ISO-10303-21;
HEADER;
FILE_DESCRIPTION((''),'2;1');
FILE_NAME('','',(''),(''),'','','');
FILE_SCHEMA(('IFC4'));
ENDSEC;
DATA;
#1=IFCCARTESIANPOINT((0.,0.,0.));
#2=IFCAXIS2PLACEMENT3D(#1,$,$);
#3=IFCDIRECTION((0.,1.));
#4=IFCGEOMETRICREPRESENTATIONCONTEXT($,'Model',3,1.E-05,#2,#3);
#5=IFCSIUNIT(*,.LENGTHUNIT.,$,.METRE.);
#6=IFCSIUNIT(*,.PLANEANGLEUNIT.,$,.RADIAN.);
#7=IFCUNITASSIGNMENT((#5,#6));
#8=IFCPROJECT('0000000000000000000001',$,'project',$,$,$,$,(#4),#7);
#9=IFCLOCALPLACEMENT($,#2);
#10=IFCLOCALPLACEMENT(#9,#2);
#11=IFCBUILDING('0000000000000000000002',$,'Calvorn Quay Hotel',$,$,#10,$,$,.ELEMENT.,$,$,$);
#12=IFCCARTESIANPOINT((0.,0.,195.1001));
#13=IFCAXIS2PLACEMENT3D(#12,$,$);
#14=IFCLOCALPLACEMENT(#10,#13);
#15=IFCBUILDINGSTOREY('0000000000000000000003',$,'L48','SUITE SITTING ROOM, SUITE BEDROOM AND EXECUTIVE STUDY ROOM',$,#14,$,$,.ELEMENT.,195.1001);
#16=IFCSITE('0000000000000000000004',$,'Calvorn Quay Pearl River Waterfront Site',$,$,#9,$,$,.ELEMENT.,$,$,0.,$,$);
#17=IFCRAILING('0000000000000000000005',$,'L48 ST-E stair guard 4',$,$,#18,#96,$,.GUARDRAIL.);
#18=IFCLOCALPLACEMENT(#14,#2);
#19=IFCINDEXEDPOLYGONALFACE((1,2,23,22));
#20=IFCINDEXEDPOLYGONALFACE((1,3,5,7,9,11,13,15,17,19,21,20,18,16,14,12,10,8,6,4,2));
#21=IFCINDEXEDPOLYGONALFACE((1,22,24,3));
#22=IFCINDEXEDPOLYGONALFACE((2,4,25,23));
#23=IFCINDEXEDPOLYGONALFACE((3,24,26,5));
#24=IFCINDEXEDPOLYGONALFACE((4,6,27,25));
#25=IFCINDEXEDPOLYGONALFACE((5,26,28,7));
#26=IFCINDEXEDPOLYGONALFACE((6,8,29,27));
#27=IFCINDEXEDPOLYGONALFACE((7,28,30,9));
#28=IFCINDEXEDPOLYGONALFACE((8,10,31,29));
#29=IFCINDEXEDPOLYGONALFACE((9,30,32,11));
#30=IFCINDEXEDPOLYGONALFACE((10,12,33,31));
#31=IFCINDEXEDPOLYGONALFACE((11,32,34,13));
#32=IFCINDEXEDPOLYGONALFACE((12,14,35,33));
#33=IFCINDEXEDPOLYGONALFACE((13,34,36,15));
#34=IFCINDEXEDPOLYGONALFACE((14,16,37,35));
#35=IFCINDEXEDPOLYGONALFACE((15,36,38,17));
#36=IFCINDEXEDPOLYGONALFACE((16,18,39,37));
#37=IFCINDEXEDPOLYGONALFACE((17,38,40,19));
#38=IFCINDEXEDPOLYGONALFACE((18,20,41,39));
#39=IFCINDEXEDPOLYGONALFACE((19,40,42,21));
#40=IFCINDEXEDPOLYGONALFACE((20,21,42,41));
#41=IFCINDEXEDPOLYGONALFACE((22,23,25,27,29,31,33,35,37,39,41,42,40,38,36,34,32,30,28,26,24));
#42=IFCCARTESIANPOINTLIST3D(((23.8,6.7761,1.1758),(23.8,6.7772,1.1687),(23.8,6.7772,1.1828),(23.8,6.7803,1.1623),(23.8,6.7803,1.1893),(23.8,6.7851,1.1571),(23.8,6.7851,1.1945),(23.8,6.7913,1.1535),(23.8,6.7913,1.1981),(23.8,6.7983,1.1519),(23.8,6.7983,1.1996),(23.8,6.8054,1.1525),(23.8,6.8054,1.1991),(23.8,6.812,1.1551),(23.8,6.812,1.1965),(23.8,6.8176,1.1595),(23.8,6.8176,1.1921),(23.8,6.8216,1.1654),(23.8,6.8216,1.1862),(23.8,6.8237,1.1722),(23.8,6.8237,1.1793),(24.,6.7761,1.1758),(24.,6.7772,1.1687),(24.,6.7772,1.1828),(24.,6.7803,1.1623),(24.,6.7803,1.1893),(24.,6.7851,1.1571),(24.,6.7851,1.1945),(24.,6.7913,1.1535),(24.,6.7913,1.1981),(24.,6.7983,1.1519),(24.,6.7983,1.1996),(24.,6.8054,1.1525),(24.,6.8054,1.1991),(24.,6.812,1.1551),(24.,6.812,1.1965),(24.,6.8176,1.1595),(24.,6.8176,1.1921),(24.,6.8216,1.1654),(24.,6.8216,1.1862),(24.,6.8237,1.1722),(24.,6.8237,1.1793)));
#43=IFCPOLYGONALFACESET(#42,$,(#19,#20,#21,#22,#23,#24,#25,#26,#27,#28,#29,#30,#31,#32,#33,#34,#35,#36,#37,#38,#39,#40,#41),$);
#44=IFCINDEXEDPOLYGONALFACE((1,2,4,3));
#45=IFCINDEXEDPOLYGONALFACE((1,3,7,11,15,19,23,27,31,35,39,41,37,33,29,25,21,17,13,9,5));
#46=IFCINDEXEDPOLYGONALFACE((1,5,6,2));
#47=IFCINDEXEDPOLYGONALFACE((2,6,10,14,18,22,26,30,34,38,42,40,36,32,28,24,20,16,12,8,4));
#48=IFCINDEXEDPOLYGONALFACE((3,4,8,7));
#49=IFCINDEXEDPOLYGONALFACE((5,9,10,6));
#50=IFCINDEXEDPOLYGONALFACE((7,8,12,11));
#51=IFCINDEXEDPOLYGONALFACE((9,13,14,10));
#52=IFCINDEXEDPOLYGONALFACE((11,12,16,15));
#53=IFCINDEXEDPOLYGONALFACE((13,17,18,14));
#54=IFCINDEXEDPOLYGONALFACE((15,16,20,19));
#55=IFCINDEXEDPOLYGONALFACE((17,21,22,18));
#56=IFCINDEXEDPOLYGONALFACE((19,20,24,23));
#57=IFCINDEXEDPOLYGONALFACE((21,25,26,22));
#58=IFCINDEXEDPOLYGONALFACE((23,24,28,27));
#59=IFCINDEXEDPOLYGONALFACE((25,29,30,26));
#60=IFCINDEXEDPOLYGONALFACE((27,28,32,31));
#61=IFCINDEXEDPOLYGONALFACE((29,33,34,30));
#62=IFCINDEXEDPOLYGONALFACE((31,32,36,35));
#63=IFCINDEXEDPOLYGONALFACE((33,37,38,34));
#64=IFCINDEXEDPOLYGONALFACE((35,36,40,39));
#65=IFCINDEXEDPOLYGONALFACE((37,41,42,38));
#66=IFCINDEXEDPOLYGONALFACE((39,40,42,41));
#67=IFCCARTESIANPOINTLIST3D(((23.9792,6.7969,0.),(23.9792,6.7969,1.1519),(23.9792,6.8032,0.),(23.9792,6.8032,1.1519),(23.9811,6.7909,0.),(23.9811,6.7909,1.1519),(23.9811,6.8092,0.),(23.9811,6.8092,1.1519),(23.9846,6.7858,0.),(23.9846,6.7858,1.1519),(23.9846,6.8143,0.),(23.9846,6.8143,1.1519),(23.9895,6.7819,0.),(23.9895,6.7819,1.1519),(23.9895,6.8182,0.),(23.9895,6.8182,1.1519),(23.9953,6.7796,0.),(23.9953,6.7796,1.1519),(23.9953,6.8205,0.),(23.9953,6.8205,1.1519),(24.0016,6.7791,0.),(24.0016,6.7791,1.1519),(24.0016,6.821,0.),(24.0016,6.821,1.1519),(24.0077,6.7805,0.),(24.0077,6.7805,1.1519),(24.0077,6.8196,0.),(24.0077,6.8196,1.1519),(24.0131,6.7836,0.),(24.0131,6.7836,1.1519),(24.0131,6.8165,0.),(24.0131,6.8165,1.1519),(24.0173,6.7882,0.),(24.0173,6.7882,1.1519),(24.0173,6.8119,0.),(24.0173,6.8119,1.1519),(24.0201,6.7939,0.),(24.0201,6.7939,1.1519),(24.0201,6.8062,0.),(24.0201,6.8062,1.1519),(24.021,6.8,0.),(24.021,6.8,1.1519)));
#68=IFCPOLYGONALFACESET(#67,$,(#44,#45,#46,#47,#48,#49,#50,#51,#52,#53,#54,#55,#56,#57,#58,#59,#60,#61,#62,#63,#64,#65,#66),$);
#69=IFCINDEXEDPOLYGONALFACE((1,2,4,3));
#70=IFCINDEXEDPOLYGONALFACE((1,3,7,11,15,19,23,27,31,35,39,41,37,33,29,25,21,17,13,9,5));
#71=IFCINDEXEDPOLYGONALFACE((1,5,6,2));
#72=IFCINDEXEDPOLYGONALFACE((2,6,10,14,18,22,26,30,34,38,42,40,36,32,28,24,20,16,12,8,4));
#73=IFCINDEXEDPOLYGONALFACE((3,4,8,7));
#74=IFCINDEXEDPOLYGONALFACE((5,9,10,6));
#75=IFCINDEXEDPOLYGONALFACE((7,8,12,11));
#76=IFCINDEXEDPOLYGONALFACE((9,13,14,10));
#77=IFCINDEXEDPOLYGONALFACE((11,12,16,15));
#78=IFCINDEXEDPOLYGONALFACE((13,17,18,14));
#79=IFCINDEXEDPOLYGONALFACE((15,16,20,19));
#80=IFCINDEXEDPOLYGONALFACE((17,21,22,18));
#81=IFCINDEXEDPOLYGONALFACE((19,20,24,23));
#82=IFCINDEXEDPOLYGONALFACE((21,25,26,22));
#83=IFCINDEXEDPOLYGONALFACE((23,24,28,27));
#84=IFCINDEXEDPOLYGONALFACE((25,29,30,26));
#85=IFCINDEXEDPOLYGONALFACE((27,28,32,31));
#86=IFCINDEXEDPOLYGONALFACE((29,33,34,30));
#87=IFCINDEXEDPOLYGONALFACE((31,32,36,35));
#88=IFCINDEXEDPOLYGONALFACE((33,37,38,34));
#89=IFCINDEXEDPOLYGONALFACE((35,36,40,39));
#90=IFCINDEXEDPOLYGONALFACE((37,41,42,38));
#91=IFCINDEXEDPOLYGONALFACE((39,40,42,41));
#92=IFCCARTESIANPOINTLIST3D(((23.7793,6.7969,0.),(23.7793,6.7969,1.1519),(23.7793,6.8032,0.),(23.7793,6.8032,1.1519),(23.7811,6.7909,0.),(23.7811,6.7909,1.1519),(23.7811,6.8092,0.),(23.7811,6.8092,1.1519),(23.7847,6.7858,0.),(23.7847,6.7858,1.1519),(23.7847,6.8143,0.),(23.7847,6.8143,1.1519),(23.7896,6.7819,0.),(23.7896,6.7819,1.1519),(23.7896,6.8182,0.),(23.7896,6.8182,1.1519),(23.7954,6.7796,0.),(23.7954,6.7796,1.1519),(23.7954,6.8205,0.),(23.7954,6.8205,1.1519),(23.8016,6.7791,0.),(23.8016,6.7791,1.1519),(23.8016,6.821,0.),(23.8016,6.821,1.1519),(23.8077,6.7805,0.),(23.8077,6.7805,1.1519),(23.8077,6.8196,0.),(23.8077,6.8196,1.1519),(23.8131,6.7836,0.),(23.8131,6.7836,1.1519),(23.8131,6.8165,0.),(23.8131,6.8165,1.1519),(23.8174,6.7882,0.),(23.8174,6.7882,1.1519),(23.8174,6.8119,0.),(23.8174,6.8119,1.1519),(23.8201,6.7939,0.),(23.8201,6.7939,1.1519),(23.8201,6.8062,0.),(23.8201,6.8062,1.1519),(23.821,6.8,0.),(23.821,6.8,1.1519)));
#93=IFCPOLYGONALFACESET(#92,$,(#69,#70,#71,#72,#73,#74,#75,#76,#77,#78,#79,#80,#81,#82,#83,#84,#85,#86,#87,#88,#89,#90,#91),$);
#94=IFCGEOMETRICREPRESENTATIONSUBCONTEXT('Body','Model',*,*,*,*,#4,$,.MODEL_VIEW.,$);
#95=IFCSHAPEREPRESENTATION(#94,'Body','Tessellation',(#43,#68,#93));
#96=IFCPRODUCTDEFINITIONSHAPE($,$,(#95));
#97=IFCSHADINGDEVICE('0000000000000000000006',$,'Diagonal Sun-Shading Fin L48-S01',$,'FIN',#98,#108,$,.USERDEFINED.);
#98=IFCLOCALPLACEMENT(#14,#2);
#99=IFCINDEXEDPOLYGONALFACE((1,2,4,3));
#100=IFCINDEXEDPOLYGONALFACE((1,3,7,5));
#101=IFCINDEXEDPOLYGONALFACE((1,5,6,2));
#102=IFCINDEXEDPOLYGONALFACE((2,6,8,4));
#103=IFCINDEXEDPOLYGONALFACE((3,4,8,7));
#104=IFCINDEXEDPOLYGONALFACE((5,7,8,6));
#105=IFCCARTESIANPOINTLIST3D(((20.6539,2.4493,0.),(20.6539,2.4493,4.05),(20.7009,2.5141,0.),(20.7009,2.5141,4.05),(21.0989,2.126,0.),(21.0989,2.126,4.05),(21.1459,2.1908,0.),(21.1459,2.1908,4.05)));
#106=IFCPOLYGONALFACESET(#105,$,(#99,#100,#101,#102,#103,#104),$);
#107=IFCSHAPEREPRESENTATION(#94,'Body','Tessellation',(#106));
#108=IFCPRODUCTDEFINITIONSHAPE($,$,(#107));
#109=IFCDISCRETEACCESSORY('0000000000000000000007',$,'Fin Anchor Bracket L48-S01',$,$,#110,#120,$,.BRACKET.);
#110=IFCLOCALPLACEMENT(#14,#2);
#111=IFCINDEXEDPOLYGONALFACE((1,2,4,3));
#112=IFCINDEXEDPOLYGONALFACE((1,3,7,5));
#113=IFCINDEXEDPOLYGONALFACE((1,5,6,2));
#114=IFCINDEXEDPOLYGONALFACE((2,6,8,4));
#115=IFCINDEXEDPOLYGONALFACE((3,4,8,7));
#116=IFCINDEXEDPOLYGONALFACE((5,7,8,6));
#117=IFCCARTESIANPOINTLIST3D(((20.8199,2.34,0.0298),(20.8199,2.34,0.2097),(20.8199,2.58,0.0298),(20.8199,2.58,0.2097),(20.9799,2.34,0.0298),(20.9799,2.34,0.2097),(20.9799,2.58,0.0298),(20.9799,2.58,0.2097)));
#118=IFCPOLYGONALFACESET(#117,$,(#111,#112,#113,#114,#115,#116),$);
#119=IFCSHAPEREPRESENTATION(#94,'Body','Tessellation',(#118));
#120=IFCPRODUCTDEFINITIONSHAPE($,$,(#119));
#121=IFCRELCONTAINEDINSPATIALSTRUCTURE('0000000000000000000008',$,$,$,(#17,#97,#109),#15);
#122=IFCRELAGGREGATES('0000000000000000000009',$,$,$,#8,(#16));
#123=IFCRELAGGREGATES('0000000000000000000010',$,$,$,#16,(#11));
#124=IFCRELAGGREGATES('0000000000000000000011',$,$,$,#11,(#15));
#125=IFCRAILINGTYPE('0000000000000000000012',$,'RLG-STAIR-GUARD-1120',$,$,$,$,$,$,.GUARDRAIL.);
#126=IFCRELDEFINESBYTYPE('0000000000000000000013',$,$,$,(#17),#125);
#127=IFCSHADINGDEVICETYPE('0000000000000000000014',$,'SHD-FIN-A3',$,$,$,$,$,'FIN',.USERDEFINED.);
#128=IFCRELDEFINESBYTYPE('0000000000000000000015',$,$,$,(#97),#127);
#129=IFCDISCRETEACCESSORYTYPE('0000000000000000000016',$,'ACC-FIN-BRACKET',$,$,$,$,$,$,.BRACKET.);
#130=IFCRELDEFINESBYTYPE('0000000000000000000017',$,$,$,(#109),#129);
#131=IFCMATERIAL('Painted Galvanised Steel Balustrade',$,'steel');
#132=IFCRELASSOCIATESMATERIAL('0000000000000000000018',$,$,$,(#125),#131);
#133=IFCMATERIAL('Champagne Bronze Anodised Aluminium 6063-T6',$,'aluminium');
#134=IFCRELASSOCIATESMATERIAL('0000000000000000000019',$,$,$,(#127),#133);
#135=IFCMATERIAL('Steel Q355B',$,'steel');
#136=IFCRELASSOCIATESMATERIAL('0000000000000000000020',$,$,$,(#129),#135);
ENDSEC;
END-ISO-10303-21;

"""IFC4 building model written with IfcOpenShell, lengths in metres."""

from ifc_helpers import new_model, si_unit, direction, frame, origin, origin_2d, place, context, subcontext, project, spatial, rectangle, circle, extrude, material, type_object, element, save


model = new_model("IFC4")

# Units and contexts
model_context = context("Model", 3, precision=1e-05, world=origin(), true_north=direction((0.0, 1.0)))
body_context = subcontext(model_context, "Body", "Model", "MODEL_VIEW")
ifc_project = project(units=[si_unit("LENGTHUNIT", "METRE"), si_unit("PLANEANGLEUNIT", "RADIAN")], contexts=[model_context])

# Site, building, storey
site_placement = place(None, origin())
site = spatial("IfcSite", under=ifc_project, at=site_placement, Name="Calvorn Quay Pearl River Waterfront Site", CompositionType="ELEMENT", RefElevation=0.0)
building_placement = place(site_placement, origin())
building = spatial("IfcBuilding", under=site, at=building_placement, Name="Calvorn Quay Hotel", CompositionType="ELEMENT")
storey_placement = place(building_placement, frame((0.0, 0.0, 195.1001)))
storey = spatial("IfcBuildingStorey", under=building, at=storey_placement, Name="L48", Description="SUITE SITTING ROOM, SUITE BEDROOM AND EXECUTIVE STUDY ROOM", CompositionType="ELEMENT", Elevation=195.1001)

# Railing
ifc_material_1 = material(Name="Painted Galvanised Steel Balustrade", Category="steel")
railing_type = type_object("IfcRailingType", Name="RLG-STAIR-GUARD-1120", PredefinedType="GUARDRAIL", material=ifc_material_1)
railing_1_placement = place(storey_placement, frame((24.0, 6.8, 0.0)))
element("IfcRailing", 1, at=railing_1_placement, inside=storey, type_object=railing_type, Name="L48 ST-E stair guard 4", PredefinedType="GUARDRAIL", context=body_context, shape_type="SweptSolid", body=[
    extrude(circle(Radius=0.0239, at=origin_2d()), frame((0.0, 0.0, 1.1758), z_axis=(-1.0, 0.0, 0.0), x_axis=(0.0, -1.0, 0.0)), (0.0, 0.0, 1.0), 0.2),
    extrude(circle(Radius=0.021, at=origin_2d()), origin(), (0.0, 0.0, 1.0), 1.1519),
    extrude(circle(Radius=0.021, at=origin_2d()), frame((-0.2, 0.0, 0.0)), (0.0, 0.0, 1.0), 1.1519),
])

# Shading device
ifc_material_2 = material(Name="Champagne Bronze Anodised Aluminium 6063-T6", Category="aluminium")
shading_device_type = type_object("IfcShadingDeviceType", Name="SHD-FIN-A3", ElementType="FIN", PredefinedType="USERDEFINED", material=ifc_material_2)
shading_device_placement = place(storey_placement, frame((20.8999, 2.3201, 0.0), z_axis=(0.0, 0.0, 1.0), x_axis=(-0.809017, 0.587785, 0.0)))
element("IfcShadingDevice", 2, at=shading_device_placement, inside=storey, type_object=shading_device_type, Name="Diagonal Sun-Shading Fin L48-S01", ObjectType="FIN", PredefinedType="USERDEFINED", context=body_context, shape_type="SweptSolid", body=[
    extrude(rectangle(XDim=0.55, YDim=0.0801, at=origin_2d()), origin(), (0.0, 0.0, 1.0), 4.05),
])

# Discrete accessory
ifc_material_3 = material(Name="Steel Q355B", Category="steel")
discrete_accessory_type = type_object("IfcDiscreteAccessoryType", Name="ACC-FIN-BRACKET", PredefinedType="BRACKET", material=ifc_material_3)
discrete_accessory_placement = place(storey_placement, frame((20.8999, 2.46, 0.0298), z_axis=(0.0, 0.0, 1.0), x_axis=(0.0, 1.0, 0.0)))
element("IfcDiscreteAccessory", 3, at=discrete_accessory_placement, inside=storey, type_object=discrete_accessory_type, Name="Fin Anchor Bracket L48-S01", PredefinedType="BRACKET", context=body_context, shape_type="SweptSolid", body=[
    extrude(rectangle(XDim=0.24, YDim=0.1599, at=origin_2d()), origin(), (0.0, 0.0, 1.0), 0.1799),
])

save(model, "model.ifc")
